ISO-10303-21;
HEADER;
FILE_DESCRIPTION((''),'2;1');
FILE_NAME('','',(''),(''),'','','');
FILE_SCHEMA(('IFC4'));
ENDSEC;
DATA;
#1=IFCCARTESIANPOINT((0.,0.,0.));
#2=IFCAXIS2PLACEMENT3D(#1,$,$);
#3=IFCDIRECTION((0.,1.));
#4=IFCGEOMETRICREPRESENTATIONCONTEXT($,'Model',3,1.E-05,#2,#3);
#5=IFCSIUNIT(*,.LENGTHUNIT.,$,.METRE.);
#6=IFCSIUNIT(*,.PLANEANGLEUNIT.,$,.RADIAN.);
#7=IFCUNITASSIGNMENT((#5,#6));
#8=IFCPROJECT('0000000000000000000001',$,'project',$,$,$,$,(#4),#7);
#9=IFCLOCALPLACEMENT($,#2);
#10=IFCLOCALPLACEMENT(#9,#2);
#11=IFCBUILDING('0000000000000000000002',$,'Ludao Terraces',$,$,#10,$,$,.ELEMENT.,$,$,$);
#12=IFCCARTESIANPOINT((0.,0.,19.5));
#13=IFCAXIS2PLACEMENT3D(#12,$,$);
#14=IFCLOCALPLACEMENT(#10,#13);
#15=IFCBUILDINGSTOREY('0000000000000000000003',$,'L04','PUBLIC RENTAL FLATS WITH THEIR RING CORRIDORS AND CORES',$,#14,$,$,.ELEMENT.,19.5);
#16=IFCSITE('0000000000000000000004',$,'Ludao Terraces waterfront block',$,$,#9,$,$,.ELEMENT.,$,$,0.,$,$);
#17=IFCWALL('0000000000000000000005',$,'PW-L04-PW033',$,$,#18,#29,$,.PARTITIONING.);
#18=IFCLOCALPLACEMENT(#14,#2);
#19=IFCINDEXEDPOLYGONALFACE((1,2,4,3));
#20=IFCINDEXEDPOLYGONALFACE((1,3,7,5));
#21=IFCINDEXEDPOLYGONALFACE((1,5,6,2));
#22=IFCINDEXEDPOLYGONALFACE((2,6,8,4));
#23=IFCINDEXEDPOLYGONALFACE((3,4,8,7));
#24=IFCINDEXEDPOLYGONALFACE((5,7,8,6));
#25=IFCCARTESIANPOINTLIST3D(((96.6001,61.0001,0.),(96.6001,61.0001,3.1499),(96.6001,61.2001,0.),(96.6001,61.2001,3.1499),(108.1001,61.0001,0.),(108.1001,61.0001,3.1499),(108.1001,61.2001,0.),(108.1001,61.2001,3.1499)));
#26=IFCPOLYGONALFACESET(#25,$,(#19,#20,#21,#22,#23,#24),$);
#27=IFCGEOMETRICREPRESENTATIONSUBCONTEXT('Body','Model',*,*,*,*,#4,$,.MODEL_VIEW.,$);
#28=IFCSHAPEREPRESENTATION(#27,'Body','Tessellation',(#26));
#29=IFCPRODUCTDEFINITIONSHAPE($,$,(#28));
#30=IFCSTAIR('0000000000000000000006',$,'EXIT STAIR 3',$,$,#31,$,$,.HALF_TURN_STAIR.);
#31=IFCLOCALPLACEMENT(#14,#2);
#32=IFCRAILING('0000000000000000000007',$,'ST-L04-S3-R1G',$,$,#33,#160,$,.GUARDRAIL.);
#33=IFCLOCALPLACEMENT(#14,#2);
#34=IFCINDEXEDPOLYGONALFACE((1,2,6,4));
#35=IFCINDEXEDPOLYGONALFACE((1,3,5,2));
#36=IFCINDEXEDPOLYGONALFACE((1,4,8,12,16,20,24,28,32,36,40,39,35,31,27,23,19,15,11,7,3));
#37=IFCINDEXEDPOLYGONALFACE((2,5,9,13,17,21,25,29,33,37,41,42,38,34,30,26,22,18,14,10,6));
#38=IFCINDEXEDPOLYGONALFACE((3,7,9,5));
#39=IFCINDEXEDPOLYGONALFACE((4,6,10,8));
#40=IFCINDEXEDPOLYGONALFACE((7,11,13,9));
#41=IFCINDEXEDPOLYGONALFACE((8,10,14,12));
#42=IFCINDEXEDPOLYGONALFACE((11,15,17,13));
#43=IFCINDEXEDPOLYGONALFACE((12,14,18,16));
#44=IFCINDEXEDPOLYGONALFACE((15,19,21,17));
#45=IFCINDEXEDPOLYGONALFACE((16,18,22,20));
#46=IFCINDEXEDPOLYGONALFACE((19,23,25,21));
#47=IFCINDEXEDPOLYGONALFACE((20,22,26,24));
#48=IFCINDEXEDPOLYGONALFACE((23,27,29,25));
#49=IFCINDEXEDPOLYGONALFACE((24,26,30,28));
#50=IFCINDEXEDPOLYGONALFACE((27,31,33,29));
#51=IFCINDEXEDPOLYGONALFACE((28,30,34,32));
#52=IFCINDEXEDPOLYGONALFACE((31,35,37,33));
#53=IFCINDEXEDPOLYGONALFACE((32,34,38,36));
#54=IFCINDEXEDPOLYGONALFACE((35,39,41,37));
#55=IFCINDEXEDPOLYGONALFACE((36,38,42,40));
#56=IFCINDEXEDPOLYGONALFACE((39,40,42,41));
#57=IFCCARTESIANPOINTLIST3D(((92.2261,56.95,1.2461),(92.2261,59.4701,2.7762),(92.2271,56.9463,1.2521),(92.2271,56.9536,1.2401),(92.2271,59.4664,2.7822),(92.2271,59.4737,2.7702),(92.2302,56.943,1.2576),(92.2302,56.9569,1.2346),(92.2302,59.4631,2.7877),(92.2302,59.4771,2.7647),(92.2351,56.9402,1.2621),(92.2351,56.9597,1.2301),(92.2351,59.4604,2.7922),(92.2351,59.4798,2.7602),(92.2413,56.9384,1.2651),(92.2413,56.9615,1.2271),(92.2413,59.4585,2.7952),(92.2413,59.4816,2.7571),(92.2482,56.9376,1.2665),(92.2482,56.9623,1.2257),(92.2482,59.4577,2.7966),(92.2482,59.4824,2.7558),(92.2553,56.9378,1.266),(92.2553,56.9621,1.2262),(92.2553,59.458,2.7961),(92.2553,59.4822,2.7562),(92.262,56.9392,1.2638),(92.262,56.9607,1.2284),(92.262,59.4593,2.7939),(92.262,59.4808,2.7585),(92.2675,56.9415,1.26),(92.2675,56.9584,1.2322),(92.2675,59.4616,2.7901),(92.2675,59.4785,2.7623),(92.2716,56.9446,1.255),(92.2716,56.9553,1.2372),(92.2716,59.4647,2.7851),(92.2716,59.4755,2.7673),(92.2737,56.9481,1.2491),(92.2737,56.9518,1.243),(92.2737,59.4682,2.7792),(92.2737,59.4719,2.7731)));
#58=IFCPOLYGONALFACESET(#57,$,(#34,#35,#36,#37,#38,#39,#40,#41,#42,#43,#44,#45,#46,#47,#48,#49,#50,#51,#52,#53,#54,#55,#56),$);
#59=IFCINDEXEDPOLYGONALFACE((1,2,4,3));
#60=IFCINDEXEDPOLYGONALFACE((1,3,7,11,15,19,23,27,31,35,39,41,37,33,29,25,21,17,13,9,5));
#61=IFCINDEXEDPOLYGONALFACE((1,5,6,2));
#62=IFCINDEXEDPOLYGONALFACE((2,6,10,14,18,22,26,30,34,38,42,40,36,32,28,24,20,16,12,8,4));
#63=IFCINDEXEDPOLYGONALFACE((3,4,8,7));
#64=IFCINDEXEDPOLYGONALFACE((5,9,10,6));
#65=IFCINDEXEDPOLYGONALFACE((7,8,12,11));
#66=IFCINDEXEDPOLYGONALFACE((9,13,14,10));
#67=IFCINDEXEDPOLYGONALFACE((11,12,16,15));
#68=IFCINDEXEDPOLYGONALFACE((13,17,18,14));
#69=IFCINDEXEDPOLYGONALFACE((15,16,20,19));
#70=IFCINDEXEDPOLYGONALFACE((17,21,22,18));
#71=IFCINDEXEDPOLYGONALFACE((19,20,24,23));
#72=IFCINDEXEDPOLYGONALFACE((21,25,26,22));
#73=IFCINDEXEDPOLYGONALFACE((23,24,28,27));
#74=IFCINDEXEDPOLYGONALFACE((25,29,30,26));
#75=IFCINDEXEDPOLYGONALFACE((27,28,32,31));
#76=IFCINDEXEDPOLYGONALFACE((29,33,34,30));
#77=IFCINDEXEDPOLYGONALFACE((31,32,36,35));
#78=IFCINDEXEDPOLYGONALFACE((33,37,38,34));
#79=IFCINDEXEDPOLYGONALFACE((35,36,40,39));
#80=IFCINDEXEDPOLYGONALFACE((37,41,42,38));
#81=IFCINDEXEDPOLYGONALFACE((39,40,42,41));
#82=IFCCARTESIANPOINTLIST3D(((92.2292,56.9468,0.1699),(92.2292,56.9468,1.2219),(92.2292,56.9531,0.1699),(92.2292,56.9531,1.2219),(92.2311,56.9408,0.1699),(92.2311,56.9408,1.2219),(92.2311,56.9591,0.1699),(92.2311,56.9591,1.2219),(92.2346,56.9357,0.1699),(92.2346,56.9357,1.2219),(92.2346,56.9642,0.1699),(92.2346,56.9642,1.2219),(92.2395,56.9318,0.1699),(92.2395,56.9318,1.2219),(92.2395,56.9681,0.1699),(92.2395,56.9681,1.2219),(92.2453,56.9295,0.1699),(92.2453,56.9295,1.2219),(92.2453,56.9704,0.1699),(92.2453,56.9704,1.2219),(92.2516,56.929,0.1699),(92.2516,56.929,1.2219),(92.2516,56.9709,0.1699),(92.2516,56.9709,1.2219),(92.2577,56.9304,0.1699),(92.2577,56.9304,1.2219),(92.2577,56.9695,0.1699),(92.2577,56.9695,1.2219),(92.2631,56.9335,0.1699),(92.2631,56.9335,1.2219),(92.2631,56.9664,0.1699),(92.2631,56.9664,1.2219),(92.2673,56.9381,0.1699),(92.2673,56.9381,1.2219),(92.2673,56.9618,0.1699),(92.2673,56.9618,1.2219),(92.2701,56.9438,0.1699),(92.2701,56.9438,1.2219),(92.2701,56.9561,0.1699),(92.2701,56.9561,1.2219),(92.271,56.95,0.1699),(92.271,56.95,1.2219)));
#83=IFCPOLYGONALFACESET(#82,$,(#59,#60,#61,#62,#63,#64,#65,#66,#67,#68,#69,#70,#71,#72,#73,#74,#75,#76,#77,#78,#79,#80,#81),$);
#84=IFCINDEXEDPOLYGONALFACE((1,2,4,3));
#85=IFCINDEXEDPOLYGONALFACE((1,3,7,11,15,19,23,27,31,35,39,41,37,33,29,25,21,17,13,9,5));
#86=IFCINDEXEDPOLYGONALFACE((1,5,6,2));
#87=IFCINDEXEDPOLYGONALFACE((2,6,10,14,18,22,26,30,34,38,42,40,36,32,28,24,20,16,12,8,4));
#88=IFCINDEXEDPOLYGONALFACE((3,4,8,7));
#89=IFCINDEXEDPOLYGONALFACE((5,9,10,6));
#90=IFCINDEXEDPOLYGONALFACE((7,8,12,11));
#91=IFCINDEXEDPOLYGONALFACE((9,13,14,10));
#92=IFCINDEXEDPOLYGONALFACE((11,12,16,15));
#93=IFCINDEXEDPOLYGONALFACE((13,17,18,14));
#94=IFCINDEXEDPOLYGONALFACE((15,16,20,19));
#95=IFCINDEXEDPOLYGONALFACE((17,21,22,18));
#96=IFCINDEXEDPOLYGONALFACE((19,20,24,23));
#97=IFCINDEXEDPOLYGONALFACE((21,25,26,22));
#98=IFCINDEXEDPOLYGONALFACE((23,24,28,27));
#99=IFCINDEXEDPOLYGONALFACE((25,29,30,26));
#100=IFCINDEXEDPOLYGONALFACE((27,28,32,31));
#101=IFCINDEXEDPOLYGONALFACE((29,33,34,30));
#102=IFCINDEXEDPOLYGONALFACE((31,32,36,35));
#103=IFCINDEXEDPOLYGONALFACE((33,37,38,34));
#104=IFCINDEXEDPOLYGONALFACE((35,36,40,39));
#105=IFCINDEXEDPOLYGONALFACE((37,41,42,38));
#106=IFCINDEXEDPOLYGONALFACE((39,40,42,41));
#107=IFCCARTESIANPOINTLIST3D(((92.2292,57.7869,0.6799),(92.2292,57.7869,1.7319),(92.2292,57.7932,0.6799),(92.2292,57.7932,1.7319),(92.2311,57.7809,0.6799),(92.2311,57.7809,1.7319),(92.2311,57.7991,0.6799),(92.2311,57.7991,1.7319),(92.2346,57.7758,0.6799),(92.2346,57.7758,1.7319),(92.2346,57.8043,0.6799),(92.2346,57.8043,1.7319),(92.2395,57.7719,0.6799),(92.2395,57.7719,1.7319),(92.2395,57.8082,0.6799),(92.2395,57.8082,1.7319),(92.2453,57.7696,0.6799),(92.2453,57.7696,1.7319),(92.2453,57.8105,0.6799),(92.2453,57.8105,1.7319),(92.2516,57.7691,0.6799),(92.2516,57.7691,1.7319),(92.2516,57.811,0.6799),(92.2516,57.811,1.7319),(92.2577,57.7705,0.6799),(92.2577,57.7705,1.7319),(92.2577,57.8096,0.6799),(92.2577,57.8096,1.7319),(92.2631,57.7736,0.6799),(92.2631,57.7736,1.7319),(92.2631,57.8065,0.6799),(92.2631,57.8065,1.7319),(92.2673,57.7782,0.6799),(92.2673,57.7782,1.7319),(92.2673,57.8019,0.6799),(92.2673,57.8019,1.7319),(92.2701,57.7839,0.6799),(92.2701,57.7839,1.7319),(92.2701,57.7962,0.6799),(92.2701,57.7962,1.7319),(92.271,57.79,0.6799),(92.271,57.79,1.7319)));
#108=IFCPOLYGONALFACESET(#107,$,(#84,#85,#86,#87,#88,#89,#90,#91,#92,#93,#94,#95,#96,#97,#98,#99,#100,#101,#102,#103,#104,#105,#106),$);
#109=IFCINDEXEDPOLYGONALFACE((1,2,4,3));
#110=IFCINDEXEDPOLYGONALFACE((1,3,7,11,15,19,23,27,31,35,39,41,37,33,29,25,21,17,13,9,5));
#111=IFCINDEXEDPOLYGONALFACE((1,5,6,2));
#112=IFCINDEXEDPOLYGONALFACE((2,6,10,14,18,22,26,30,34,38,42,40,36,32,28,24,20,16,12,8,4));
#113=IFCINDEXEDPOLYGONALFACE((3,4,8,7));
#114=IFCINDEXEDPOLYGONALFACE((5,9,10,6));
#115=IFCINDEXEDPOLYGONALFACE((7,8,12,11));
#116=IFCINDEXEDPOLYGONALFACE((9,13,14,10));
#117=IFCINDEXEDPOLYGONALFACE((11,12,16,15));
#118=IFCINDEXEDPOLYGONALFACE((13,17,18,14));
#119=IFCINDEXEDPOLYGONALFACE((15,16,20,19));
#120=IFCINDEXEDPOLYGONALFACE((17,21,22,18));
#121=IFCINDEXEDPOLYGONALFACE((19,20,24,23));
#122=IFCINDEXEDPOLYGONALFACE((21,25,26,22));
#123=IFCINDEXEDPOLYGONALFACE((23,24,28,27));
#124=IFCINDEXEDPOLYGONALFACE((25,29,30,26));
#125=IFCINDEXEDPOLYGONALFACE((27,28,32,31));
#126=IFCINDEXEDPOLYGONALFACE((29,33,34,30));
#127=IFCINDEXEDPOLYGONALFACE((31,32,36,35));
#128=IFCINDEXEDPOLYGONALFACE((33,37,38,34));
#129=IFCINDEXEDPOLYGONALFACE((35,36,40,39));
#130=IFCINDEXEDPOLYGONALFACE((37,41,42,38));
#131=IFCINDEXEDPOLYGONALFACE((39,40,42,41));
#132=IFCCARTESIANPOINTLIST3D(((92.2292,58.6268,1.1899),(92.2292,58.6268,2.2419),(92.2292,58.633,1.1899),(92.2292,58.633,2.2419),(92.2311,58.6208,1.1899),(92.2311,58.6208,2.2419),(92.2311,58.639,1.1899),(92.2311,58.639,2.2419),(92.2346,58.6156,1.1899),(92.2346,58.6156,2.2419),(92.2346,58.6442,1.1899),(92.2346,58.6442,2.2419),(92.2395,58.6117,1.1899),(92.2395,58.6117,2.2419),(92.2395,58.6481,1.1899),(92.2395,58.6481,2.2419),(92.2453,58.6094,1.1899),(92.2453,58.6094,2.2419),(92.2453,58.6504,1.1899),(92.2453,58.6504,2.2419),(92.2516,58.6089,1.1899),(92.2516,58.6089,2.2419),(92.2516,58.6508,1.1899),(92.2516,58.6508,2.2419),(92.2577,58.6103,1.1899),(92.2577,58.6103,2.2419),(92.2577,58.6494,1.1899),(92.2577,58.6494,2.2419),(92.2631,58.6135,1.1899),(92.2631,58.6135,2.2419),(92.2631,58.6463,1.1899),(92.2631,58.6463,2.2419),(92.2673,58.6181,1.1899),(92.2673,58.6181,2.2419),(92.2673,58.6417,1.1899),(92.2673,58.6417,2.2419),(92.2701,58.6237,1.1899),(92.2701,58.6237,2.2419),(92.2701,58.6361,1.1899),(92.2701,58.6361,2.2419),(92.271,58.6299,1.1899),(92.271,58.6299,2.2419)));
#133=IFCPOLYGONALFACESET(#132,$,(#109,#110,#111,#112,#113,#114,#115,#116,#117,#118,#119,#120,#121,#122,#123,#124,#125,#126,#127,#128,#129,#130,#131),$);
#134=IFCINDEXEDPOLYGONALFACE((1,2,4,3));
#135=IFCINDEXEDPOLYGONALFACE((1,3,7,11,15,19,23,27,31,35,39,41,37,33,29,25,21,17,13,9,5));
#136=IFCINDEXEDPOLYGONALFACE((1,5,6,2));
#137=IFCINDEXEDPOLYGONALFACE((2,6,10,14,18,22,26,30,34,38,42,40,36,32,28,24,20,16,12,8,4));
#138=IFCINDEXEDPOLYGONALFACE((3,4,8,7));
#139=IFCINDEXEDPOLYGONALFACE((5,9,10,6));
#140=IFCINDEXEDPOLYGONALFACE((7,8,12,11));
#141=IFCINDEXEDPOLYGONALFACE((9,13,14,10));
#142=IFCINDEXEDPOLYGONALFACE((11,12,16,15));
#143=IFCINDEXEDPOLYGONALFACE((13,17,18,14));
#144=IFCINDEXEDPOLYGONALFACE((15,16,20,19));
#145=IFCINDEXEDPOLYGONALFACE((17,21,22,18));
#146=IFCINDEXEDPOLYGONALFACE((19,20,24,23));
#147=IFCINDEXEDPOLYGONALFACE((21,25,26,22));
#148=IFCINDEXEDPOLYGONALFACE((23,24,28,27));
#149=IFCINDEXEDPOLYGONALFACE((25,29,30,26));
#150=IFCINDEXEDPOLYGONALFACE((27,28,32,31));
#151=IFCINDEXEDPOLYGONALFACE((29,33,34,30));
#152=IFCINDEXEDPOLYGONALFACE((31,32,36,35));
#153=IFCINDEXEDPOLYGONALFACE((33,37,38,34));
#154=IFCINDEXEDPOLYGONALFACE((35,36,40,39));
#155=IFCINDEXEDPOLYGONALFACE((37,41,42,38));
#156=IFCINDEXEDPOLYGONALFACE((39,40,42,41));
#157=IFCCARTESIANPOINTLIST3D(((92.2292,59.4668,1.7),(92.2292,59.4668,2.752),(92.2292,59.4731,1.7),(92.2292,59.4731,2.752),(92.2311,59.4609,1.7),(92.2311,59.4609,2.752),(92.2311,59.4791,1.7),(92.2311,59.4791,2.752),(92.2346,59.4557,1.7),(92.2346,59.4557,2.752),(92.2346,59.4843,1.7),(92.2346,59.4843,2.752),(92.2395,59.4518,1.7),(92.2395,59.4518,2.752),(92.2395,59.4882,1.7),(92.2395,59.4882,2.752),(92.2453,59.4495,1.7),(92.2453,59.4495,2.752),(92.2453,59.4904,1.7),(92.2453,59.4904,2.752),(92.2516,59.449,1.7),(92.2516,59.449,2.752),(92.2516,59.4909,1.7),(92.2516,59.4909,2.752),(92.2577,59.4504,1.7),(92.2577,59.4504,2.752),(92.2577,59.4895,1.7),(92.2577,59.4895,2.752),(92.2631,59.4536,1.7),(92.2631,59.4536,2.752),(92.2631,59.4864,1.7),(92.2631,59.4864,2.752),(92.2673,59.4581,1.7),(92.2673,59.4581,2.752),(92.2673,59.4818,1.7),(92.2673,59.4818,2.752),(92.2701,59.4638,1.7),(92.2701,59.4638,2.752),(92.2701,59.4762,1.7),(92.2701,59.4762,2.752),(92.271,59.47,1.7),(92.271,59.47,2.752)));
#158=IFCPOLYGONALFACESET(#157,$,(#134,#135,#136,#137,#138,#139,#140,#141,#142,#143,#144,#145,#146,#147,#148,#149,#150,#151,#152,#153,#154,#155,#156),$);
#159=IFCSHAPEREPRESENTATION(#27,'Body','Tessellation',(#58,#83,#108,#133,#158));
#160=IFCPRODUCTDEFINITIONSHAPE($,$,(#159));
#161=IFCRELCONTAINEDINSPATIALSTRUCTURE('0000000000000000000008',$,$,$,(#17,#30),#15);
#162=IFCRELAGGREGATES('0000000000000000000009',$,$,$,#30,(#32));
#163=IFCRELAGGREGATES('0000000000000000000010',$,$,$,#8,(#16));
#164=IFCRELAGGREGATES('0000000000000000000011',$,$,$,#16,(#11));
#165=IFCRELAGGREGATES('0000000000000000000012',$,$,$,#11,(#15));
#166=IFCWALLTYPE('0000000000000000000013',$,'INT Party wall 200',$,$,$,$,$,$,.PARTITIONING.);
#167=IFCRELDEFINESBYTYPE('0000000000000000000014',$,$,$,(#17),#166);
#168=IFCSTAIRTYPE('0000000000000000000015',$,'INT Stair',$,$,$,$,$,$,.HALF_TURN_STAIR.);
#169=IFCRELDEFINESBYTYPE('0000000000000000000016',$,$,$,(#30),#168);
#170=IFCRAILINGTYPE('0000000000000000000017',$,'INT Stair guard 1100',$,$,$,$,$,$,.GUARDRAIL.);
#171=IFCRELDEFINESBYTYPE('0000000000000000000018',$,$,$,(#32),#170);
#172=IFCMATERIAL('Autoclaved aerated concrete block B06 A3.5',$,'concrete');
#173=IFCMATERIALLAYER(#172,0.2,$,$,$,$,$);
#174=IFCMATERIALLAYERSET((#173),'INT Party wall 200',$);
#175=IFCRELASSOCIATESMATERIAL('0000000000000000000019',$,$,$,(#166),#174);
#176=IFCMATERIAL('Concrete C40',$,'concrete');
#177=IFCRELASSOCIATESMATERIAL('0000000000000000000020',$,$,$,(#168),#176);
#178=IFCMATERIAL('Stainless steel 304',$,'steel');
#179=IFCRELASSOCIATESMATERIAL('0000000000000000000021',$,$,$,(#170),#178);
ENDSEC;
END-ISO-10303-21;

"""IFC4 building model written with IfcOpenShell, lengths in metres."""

from ifc_helpers import new_model, si_unit, direction, frame, frame_2d, origin, origin_2d, place, context, subcontext, project, spatial, rectangle, circle, extrude, material, layer, layer_set, type_object, element, aggregate, save


model = new_model("IFC4")

# Units and contexts
model_context = context("Model", 3, precision=1e-05, world=origin(), true_north=direction((0.0, 1.0)))
body_context = subcontext(model_context, "Body", "Model", "MODEL_VIEW")
ifc_project = project(units=[si_unit("LENGTHUNIT", "METRE"), si_unit("PLANEANGLEUNIT", "RADIAN")], contexts=[model_context])

# Site, building, storey
site_placement = place(None, origin())
site = spatial("IfcSite", under=ifc_project, at=site_placement, Name="Ludao Terraces waterfront block", CompositionType="ELEMENT", RefElevation=0.0)
building_placement = place(site_placement, origin())
building = spatial("IfcBuilding", under=site, at=building_placement, Name="Ludao Terraces", CompositionType="ELEMENT")
storey_placement = place(building_placement, frame((0.0, 0.0, 19.5)))
storey = spatial("IfcBuildingStorey", under=building, at=storey_placement, Name="L04", Description="PUBLIC RENTAL FLATS WITH THEIR RING CORRIDORS AND CORES", CompositionType="ELEMENT", Elevation=19.5)

# Wall
ifc_material_1 = material(Name="Autoclaved aerated concrete block B06 A3.5", Category="concrete")
ifc_layer_1 = layer(ifc_material_1, 0.2)
ifc_layer_set_1 = layer_set([ifc_layer_1], Name="INT Party wall 200")
wall_type_1 = type_object("IfcWallType", Name="INT Party wall 200", PredefinedType="PARTITIONING", material=ifc_layer_set_1)
wall_1_placement = place(storey_placement, frame((96.6001, 61.1001, 0.0), z_axis=(0.0, 0.0, 1.0), x_axis=(1.0, 0.0, 0.0)))
element("IfcWall", 1, at=wall_1_placement, inside=storey, type_object=wall_type_1, Name="PW-L04-PW033", PredefinedType="PARTITIONING", context=body_context, shape_type="SweptSolid", body=[
    extrude(rectangle(XDim=11.5, YDim=0.2, at=frame_2d((5.75, 0.0))), origin(), (0.0, 0.0, 1.0), 3.1499),
])

# Stair, railing
ifc_material_2 = material(Name="Concrete C40", Category="concrete")
stair_type = type_object("IfcStairType", Name="INT Stair", PredefinedType="HALF_TURN_STAIR", material=ifc_material_2)
stair_placement = place(storey_placement, origin())
stair = element("IfcStair", 2, at=stair_placement, inside=storey, type_object=stair_type, Name="EXIT STAIR 3", PredefinedType="HALF_TURN_STAIR")
ifc_material_3 = material(Name="Stainless steel 304", Category="steel")
railing_type_1 = type_object("IfcRailingType", Name="INT Stair guard 1100", PredefinedType="GUARDRAIL", material=ifc_material_3)
railing_1_placement = place(storey_placement, frame((92.25, 56.95, 0.1699)))
railing_1 = element("IfcRailing", 3, at=railing_1_placement, type_object=railing_type_1, Name="ST-L04-S3-R1G", PredefinedType="GUARDRAIL", context=body_context, shape_type="SweptSolid", body=[
    extrude(circle(Radius=0.0239, at=origin_2d()), frame((0.0, 0.0, 1.0762), z_axis=(0.0, 0.854785, 0.518982), x_axis=(-1.0, 0.0, 0.0)), (0.0, 0.0, 1.0), 2.9482),
    extrude(circle(Radius=0.021, at=origin_2d()), origin(), (0.0, 0.0, 1.0), 1.052),
    extrude(circle(Radius=0.021, at=origin_2d()), frame((0.0, 0.8401, 0.51)), (0.0, 0.0, 1.0), 1.052),
    extrude(circle(Radius=0.021, at=origin_2d()), frame((0.0, 1.6799, 1.02)), (0.0, 0.0, 1.0), 1.052),
    extrude(circle(Radius=0.021, at=origin_2d()), frame((0.0, 2.52, 1.53)), (0.0, 0.0, 1.0), 1.052),
])
aggregate(stair, [railing_1])

save(model, "model.ifc")
